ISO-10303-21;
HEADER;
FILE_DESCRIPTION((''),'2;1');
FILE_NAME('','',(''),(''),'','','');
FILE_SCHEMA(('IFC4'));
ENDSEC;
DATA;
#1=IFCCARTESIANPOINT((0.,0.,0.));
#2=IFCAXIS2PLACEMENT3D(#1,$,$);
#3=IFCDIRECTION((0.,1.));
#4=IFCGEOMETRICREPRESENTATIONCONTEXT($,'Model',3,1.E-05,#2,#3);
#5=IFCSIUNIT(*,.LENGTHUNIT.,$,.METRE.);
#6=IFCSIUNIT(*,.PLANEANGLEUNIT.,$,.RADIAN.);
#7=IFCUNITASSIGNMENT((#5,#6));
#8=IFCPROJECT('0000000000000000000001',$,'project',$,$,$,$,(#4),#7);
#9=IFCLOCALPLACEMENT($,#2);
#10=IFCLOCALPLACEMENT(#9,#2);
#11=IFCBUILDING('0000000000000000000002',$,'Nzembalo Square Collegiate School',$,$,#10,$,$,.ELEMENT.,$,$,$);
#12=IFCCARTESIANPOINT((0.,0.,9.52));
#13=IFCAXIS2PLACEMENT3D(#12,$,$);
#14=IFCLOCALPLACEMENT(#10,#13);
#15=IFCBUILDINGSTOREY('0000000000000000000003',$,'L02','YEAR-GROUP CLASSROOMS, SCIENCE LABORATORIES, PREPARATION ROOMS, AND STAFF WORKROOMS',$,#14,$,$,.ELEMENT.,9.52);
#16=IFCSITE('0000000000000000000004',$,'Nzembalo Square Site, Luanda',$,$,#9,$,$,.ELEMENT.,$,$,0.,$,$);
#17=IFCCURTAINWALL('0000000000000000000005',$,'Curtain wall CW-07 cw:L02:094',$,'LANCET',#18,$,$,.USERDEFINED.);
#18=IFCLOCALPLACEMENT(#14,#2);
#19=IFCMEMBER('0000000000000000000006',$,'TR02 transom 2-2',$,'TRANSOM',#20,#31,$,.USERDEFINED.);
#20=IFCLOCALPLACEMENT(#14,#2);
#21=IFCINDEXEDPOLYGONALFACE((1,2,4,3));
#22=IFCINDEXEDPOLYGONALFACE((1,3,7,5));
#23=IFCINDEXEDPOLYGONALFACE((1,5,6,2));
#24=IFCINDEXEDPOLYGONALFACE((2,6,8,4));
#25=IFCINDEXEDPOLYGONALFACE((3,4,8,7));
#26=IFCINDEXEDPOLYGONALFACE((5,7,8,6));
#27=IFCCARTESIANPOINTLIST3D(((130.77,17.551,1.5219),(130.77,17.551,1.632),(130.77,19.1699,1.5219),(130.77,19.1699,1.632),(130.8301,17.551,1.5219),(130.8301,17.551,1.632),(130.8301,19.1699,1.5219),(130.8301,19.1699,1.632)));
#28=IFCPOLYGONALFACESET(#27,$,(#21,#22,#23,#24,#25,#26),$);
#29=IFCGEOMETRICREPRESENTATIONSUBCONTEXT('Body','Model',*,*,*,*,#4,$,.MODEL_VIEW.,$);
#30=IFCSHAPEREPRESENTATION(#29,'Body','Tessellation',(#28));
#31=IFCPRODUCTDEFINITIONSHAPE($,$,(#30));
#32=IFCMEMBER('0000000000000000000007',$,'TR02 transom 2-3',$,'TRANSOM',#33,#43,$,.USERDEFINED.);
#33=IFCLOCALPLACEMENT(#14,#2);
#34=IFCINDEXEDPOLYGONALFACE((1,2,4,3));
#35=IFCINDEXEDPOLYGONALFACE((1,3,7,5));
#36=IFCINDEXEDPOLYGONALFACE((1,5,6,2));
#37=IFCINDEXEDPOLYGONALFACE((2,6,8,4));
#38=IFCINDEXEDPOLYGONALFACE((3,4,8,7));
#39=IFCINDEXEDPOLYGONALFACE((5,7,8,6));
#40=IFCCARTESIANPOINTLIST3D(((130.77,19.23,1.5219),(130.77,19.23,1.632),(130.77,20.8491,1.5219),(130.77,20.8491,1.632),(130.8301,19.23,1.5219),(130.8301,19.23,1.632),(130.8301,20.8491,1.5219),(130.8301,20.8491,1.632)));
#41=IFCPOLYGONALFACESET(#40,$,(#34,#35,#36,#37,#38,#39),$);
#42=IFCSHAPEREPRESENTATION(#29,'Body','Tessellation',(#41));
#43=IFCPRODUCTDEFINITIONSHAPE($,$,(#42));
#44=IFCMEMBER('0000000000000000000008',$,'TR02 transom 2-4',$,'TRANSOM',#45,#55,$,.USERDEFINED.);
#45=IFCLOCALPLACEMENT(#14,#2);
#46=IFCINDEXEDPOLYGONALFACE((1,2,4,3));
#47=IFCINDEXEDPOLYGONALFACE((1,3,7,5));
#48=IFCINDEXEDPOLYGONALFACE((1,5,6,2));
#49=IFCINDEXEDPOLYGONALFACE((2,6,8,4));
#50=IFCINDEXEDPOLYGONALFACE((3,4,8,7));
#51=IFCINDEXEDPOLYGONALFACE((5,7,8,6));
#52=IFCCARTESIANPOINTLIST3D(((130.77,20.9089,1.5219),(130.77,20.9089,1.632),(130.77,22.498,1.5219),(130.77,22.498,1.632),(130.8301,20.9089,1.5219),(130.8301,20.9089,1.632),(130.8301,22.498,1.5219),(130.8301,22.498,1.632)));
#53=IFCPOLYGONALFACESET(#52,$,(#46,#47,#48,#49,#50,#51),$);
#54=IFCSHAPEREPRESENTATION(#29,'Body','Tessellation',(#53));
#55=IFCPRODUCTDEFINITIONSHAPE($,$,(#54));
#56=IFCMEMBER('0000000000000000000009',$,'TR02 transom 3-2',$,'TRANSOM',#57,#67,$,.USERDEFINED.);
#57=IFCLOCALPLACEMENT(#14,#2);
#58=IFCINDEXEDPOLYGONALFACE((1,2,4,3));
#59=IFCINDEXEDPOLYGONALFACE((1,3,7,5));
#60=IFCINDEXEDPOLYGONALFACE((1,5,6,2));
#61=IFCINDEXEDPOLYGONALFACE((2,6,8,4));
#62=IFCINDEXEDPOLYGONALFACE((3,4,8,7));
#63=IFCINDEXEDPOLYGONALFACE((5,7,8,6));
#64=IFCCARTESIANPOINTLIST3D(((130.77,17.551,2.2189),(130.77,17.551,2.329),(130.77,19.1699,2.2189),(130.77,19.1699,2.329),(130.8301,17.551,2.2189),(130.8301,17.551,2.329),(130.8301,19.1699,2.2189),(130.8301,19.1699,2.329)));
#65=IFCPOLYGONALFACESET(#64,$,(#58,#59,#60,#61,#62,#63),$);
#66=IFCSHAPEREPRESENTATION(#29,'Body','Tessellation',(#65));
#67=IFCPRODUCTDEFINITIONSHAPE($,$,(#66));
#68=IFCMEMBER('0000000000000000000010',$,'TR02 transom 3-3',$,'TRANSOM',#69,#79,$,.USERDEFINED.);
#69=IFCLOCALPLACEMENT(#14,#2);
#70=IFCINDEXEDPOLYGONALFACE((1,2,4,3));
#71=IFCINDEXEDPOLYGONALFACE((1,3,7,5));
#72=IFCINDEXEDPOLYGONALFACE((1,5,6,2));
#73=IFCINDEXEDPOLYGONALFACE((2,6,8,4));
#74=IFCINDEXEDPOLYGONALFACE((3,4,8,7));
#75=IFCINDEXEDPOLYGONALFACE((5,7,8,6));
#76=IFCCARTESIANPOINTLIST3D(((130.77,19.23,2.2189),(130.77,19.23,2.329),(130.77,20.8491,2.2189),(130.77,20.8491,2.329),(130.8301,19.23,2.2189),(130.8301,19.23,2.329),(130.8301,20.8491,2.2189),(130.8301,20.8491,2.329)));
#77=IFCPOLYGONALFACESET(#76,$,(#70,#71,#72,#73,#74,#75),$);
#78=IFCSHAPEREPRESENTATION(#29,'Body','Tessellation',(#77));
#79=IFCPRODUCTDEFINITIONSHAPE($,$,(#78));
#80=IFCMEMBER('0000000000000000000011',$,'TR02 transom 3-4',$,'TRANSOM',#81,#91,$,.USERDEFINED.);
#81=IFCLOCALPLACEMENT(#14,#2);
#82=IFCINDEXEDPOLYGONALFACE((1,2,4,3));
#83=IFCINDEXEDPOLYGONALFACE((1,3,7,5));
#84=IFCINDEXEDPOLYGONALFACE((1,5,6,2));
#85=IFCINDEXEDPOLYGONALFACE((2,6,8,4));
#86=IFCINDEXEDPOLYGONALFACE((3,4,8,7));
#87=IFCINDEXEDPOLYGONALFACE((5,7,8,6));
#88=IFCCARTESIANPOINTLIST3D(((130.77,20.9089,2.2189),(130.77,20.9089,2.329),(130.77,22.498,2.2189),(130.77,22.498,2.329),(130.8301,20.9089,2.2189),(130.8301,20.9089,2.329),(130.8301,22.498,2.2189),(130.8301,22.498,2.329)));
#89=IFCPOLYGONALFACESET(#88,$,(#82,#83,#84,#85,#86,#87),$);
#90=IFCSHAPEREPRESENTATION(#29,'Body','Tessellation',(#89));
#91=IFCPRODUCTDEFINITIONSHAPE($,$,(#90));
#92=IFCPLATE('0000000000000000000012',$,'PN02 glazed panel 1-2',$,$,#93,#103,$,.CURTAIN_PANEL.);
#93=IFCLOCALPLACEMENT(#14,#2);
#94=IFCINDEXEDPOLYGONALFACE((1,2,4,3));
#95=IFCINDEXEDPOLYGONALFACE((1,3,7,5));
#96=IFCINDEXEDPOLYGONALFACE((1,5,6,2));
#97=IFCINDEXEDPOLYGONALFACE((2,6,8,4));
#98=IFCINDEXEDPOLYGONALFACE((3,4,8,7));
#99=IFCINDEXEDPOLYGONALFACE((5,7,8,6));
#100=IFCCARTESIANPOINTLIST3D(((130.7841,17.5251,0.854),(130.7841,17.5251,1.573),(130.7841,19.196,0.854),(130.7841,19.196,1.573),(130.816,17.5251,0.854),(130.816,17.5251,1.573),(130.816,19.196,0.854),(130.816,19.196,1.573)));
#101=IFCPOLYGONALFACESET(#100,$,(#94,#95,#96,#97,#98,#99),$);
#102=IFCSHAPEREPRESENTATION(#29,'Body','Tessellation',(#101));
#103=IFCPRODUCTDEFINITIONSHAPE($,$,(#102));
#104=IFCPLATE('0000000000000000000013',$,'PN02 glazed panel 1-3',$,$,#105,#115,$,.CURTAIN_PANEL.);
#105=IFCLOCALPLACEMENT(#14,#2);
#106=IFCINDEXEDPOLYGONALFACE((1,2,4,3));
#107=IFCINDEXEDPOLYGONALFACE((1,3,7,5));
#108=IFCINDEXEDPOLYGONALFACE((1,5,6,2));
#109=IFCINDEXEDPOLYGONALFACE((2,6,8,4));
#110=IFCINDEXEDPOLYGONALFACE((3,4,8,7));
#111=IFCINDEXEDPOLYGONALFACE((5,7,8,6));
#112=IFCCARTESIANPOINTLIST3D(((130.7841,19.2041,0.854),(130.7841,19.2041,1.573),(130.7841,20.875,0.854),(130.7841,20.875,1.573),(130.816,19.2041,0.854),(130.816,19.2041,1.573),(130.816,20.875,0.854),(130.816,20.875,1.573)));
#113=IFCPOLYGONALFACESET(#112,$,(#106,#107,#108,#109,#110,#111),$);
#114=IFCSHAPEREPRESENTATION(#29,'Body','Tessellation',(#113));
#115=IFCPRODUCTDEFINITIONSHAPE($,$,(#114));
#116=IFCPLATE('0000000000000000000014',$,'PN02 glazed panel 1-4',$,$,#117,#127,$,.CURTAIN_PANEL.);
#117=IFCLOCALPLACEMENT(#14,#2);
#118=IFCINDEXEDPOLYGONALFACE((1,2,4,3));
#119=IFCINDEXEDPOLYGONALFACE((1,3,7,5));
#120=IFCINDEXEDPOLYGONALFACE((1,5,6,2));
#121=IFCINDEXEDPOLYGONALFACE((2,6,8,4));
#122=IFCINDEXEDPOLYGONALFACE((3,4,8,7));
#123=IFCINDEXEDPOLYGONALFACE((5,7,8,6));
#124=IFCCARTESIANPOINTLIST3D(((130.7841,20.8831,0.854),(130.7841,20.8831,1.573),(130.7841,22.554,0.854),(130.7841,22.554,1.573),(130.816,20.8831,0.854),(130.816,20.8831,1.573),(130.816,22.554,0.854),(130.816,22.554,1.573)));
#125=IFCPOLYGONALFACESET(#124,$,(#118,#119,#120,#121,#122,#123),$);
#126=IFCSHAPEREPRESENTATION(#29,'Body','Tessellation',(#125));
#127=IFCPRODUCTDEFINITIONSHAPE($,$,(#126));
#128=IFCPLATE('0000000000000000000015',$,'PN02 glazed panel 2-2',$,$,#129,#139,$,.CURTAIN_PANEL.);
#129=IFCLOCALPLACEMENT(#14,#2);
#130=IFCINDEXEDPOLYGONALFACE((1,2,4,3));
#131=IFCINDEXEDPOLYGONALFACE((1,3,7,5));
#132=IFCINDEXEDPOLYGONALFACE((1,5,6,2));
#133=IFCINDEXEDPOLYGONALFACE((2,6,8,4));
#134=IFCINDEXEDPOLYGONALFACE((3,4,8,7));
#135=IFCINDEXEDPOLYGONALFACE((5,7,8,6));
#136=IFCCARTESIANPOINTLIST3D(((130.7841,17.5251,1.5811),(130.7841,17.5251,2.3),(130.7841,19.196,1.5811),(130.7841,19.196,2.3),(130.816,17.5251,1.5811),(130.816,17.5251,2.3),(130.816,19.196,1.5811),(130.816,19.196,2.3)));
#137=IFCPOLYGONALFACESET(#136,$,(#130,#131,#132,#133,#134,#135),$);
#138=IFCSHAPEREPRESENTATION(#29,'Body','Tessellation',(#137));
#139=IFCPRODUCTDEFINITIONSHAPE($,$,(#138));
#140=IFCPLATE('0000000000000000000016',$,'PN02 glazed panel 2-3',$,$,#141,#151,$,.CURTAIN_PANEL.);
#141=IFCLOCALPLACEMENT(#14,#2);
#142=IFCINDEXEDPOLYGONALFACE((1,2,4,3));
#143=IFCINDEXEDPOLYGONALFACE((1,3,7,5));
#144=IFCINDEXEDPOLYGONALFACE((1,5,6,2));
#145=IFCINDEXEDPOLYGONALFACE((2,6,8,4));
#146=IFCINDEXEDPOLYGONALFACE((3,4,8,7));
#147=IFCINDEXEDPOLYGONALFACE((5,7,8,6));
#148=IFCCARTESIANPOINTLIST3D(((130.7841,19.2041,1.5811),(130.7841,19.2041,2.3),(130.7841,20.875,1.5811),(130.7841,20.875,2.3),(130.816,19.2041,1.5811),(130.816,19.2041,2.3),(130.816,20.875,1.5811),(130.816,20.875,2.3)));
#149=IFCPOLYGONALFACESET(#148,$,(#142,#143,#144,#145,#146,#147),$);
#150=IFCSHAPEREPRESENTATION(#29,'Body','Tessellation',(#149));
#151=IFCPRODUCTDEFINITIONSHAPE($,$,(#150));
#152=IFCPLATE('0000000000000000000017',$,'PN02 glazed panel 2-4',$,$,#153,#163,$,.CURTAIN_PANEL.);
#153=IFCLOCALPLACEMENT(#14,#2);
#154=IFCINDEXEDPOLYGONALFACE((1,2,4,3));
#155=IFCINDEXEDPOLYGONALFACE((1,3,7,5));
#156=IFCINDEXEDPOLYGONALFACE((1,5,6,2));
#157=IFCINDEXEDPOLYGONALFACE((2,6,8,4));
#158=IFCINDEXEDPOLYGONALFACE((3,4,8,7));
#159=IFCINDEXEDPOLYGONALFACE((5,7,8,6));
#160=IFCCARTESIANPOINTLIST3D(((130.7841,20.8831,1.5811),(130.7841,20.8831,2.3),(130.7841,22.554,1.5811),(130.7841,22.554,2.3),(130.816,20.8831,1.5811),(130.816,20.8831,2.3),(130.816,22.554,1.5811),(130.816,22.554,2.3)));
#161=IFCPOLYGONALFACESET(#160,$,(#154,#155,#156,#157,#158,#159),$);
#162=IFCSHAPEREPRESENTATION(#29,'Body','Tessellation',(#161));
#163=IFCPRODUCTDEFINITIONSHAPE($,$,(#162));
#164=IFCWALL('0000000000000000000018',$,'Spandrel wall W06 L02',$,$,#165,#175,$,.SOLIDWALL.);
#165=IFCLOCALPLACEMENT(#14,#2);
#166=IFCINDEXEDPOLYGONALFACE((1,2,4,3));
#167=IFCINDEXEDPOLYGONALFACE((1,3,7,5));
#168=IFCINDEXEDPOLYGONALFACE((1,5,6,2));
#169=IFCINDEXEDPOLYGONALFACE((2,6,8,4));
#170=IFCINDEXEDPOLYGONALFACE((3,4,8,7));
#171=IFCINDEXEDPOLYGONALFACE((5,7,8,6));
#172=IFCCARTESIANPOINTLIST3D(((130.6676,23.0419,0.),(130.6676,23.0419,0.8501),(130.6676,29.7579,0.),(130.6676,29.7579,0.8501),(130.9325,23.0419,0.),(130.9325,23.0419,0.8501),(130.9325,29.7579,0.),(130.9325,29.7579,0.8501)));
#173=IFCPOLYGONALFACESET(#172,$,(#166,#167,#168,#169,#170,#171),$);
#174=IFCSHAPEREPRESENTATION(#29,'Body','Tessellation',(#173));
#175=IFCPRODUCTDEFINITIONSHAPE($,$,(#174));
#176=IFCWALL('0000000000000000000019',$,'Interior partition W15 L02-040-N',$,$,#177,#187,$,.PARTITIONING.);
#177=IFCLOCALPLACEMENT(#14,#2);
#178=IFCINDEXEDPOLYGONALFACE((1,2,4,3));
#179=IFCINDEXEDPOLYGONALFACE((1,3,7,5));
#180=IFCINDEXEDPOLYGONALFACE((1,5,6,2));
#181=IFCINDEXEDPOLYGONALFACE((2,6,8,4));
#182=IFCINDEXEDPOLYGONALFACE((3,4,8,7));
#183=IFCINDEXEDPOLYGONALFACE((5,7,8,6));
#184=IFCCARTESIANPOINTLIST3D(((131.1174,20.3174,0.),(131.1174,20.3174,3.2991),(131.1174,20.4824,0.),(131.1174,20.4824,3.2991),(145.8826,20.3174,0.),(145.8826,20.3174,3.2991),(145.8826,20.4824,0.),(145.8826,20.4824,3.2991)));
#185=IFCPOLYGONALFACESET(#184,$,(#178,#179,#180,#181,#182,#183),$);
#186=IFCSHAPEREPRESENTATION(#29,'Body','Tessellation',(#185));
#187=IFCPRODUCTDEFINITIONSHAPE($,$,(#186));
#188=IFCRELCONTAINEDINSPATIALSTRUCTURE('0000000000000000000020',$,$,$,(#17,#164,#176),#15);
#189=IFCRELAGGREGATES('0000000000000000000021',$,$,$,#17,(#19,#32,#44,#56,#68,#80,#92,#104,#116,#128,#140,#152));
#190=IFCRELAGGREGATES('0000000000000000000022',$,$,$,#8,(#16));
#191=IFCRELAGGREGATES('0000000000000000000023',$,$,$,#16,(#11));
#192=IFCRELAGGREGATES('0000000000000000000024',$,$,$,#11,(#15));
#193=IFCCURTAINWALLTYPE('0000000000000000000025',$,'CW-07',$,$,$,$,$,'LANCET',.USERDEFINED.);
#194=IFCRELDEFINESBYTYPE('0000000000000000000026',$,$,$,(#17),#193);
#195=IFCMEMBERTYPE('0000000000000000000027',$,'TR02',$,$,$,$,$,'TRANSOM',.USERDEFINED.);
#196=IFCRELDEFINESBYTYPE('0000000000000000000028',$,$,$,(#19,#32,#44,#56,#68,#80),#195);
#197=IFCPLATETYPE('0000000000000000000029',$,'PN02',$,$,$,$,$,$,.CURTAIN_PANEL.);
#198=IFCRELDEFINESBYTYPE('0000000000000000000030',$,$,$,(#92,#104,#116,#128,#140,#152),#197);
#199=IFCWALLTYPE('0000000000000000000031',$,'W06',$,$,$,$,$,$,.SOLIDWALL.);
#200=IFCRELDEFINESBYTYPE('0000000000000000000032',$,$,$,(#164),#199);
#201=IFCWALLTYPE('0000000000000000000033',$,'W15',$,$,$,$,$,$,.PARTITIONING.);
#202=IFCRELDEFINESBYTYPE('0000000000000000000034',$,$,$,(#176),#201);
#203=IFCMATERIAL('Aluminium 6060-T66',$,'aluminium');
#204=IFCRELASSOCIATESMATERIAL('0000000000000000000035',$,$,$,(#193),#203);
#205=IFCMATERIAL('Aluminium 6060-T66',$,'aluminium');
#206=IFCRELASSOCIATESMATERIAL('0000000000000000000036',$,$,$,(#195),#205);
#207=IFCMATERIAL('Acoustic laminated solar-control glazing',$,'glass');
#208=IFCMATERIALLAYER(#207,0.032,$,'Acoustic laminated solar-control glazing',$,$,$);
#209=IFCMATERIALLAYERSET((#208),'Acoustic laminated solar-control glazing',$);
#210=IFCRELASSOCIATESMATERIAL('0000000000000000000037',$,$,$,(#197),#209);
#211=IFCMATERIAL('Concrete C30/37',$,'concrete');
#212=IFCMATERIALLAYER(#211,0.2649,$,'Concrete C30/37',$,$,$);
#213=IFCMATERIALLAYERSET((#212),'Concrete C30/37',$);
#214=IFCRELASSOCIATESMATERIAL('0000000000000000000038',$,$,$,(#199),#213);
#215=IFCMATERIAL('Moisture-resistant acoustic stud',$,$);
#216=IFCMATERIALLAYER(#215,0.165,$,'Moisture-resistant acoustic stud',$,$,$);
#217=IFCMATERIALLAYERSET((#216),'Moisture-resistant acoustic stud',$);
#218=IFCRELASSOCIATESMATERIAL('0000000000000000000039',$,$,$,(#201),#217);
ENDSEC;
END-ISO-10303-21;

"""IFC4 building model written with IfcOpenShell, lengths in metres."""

from ifc_helpers import new_model, si_unit, direction, frame, frame_2d, origin, origin_2d, place, context, subcontext, project, spatial, rectangle, extrude, material, layer, layer_set, material_profile, profile_set, type_object, element, aggregate, save


model = new_model("IFC4")

# Units and contexts
model_context = context("Model", 3, precision=1e-05, world=origin(), true_north=direction((0.0, 1.0)))
body_context = subcontext(model_context, "Body", "Model", "MODEL_VIEW")
ifc_project = project(units=[si_unit("LENGTHUNIT", "METRE"), si_unit("PLANEANGLEUNIT", "RADIAN")], contexts=[model_context])

# Site, building, storey
site_placement = place(None, origin())
site = spatial("IfcSite", under=ifc_project, at=site_placement, Name="Nzembalo Square Site, Luanda", CompositionType="ELEMENT", RefElevation=0.0)
building_placement = place(site_placement, origin())
building = spatial("IfcBuilding", under=site, at=building_placement, Name="Nzembalo Square Collegiate School", CompositionType="ELEMENT")
storey_placement = place(building_placement, frame((0.0, 0.0, 9.52)))
storey = spatial("IfcBuildingStorey", under=building, at=storey_placement, Name="L02", Description="YEAR-GROUP CLASSROOMS, SCIENCE LABORATORIES, PREPARATION ROOMS, AND STAFF WORKROOMS", CompositionType="ELEMENT", Elevation=9.52)

# Curtain wall, members, plates
ifc_material_1 = material(Name="Aluminium 6060-T66", Category="aluminium")
curtain_wall_type = type_object("IfcCurtainWallType", Name="CW-07", ElementType="LANCET", PredefinedType="USERDEFINED", material=ifc_material_1)
curtain_wall_placement = place(storey_placement, origin())
curtain_wall = element("IfcCurtainWall", 1, at=curtain_wall_placement, inside=storey, type_object=curtain_wall_type, Name="Curtain wall CW-07 cw:L02:094", ObjectType="LANCET", PredefinedType="USERDEFINED")
ifc_material_2 = material(Name="Aluminium 6060-T66", Category="aluminium")
ifc_material_profile_1 = material_profile(ifc_material_2, rectangle(XDim=0.0601, YDim=0.1101, at=origin_2d()), Name="ALU T60x110")
ifc_profile_set_1 = profile_set([ifc_material_profile_1], Name="Aluminium 6060-T66")
member_type_1 = type_object("IfcMemberType", Name="TR02", ElementType="TRANSOM", PredefinedType="USERDEFINED", material=ifc_profile_set_1)
member_1_placement = place(storey_placement, frame((130.8, 17.551, 1.5769), z_axis=(0.0, 1.0, 0.0), x_axis=(-1.0, 0.0, 0.0)))
member_1 = element("IfcMember", 2, at=member_1_placement, type_object=member_type_1, Name="TR02 transom 2-2", ObjectType="TRANSOM", PredefinedType="USERDEFINED", context=body_context, shape_type="SweptSolid", body=[
    extrude(rectangle(XDim=0.0601, YDim=0.1101, at=origin_2d()), origin(), (0.0, 0.0, 1.0), 1.6189),
])
member_2_placement = place(storey_placement, frame((130.8, 19.23, 1.5769), z_axis=(0.0, 1.0, 0.0), x_axis=(-1.0, 0.0, 0.0)))
member_2 = element("IfcMember", 3, at=member_2_placement, type_object=member_type_1, Name="TR02 transom 2-3", ObjectType="TRANSOM", PredefinedType="USERDEFINED", context=body_context, shape_type="SweptSolid", body=[
    extrude(rectangle(XDim=0.0601, YDim=0.1101, at=origin_2d()), origin(), (0.0, 0.0, 1.0), 1.6191),
])
member_3_placement = place(storey_placement, frame((130.8, 20.9089, 1.5769), z_axis=(0.0, 1.0, 0.0), x_axis=(-1.0, 0.0, 0.0)))
member_3 = element("IfcMember", 4, at=member_3_placement, type_object=member_type_1, Name="TR02 transom 2-4", ObjectType="TRANSOM", PredefinedType="USERDEFINED", context=body_context, shape_type="SweptSolid", body=[
    extrude(rectangle(XDim=0.0601, YDim=0.1101, at=origin_2d()), origin(), (0.0, 0.0, 1.0), 1.5891),
])
member_4_placement = place(storey_placement, frame((130.8, 17.551, 2.2739), z_axis=(0.0, 1.0, 0.0), x_axis=(-1.0, 0.0, 0.0)))
member_4 = element("IfcMember", 5, at=member_4_placement, type_object=member_type_1, Name="TR02 transom 3-2", ObjectType="TRANSOM", PredefinedType="USERDEFINED", context=body_context, shape_type="SweptSolid", body=[
    extrude(rectangle(XDim=0.0601, YDim=0.1101, at=origin_2d()), origin(), (0.0, 0.0, 1.0), 1.6189),
])
member_5_placement = place(storey_placement, frame((130.8, 19.23, 2.2739), z_axis=(0.0, 1.0, 0.0), x_axis=(-1.0, 0.0, 0.0)))
member_5 = element("IfcMember", 6, at=member_5_placement, type_object=member_type_1, Name="TR02 transom 3-3", ObjectType="TRANSOM", PredefinedType="USERDEFINED", context=body_context, shape_type="SweptSolid", body=[
    extrude(rectangle(XDim=0.0601, YDim=0.1101, at=origin_2d()), origin(), (0.0, 0.0, 1.0), 1.6191),
])
member_6_placement = place(storey_placement, frame((130.8, 20.9089, 2.2739), z_axis=(0.0, 1.0, 0.0), x_axis=(-1.0, 0.0, 0.0)))
member_6 = element("IfcMember", 7, at=member_6_placement, type_object=member_type_1, Name="TR02 transom 3-4", ObjectType="TRANSOM", PredefinedType="USERDEFINED", context=body_context, shape_type="SweptSolid", body=[
    extrude(rectangle(XDim=0.0601, YDim=0.1101, at=origin_2d()), origin(), (0.0, 0.0, 1.0), 1.5891),
])
ifc_material_3 = material(Name="Acoustic laminated solar-control glazing", Category="glass")
ifc_layer_1 = layer(ifc_material_3, 0.032, Name="Acoustic laminated solar-control glazing")
ifc_layer_set_1 = layer_set([ifc_layer_1], Name="Acoustic laminated solar-control glazing")
plate_type = type_object("IfcPlateType", Name="PN02", PredefinedType="CURTAIN_PANEL", material=ifc_layer_set_1)
plate_1_placement = place(storey_placement, frame((130.8, 18.3606, 0.854), z_axis=(0.0, 0.0, 1.0), x_axis=(0.0, 1.0, 0.0)))
plate_1 = element("IfcPlate", 8, at=plate_1_placement, type_object=plate_type, Name="PN02 glazed panel 1-2", PredefinedType="CURTAIN_PANEL", context=body_context, shape_type="SweptSolid", body=[
    extrude(rectangle(XDim=1.6709, YDim=0.032, at=origin_2d()), origin(), (0.0, 0.0, 1.0), 0.719),
])
plate_2_placement = place(storey_placement, frame((130.8, 20.0396, 0.854), z_axis=(0.0, 0.0, 1.0), x_axis=(0.0, 1.0, 0.0)))
plate_2 = element("IfcPlate", 9, at=plate_2_placement, type_object=plate_type, Name="PN02 glazed panel 1-3", PredefinedType="CURTAIN_PANEL", context=body_context, shape_type="SweptSolid", body=[
    extrude(rectangle(XDim=1.6709, YDim=0.032, at=origin_2d()), origin(), (0.0, 0.0, 1.0), 0.719),
])
plate_3_placement = place(storey_placement, frame((130.8, 21.7185, 0.854), z_axis=(0.0, 0.0, 1.0), x_axis=(0.0, 1.0, 0.0)))
plate_3 = element("IfcPlate", 10, at=plate_3_placement, type_object=plate_type, Name="PN02 glazed panel 1-4", PredefinedType="CURTAIN_PANEL", context=body_context, shape_type="SweptSolid", body=[
    extrude(rectangle(XDim=1.6709, YDim=0.032, at=origin_2d()), origin(), (0.0, 0.0, 1.0), 0.719),
])
plate_4_placement = place(storey_placement, frame((130.8, 18.3606, 1.5811), z_axis=(0.0, 0.0, 1.0), x_axis=(0.0, 1.0, 0.0)))
plate_4 = element("IfcPlate", 11, at=plate_4_placement, type_object=plate_type, Name="PN02 glazed panel 2-2", PredefinedType="CURTAIN_PANEL", context=body_context, shape_type="SweptSolid", body=[
    extrude(rectangle(XDim=1.6709, YDim=0.032, at=origin_2d()), origin(), (0.0, 0.0, 1.0), 0.719),
])
plate_5_placement = place(storey_placement, frame((130.8, 20.0396, 1.5811), z_axis=(0.0, 0.0, 1.0), x_axis=(0.0, 1.0, 0.0)))
plate_5 = element("IfcPlate", 12, at=plate_5_placement, type_object=plate_type, Name="PN02 glazed panel 2-3", PredefinedType="CURTAIN_PANEL", context=body_context, shape_type="SweptSolid", body=[
    extrude(rectangle(XDim=1.6709, YDim=0.032, at=origin_2d()), origin(), (0.0, 0.0, 1.0), 0.719),
])
plate_6_placement = place(storey_placement, frame((130.8, 21.7185, 1.5811), z_axis=(0.0, 0.0, 1.0), x_axis=(0.0, 1.0, 0.0)))
plate_6 = element("IfcPlate", 13, at=plate_6_placement, type_object=plate_type, Name="PN02 glazed panel 2-4", PredefinedType="CURTAIN_PANEL", context=body_context, shape_type="SweptSolid", body=[
    extrude(rectangle(XDim=1.6709, YDim=0.032, at=origin_2d()), origin(), (0.0, 0.0, 1.0), 0.719),
])
aggregate(curtain_wall, [member_1, member_2, member_3, member_4, member_5, member_6, plate_1, plate_2, plate_3, plate_4, plate_5, plate_6])

# Walls
ifc_material_4 = material(Name="Concrete C30/37", Category="concrete")
ifc_layer_2 = layer(ifc_material_4, 0.2649, Name="Concrete C30/37")
ifc_layer_set_2 = layer_set([ifc_layer_2], Name="Concrete C30/37")
wall_type_1 = type_object("IfcWallType", Name="W06", PredefinedType="SOLIDWALL", material=ifc_layer_set_2)
wall_1_placement = place(storey_placement, frame((130.8, 23.042, 0.0), z_axis=(0.0, 0.0, 1.0), x_axis=(0.0, 1.0, 0.0)))
element("IfcWall", 14, at=wall_1_placement, inside=storey, type_object=wall_type_1, Name="Spandrel wall W06 L02", PredefinedType="SOLIDWALL", context=body_context, shape_type="SweptSolid", body=[
    extrude(rectangle(XDim=6.7161, YDim=0.2649, at=frame_2d((3.3579, 0.0))), origin(), (0.0, 0.0, 1.0), 0.8501),
])
ifc_material_5 = material(Name="Moisture-resistant acoustic stud")
ifc_layer_3 = layer(ifc_material_5, 0.165, Name="Moisture-resistant acoustic stud")
ifc_layer_set_3 = layer_set([ifc_layer_3], Name="Moisture-resistant acoustic stud")
wall_type_2 = type_object("IfcWallType", Name="W15", PredefinedType="PARTITIONING", material=ifc_layer_set_3)
wall_2_placement = place(storey_placement, frame((131.1174, 20.3999, 0.0), z_axis=(0.0, 0.0, 1.0), x_axis=(1.0, 0.0, 0.0)))
element("IfcWall", 15, at=wall_2_placement, inside=storey, type_object=wall_type_2, Name="Interior partition W15 L02-040-N", PredefinedType="PARTITIONING", context=body_context, shape_type="SweptSolid", body=[
    extrude(rectangle(XDim=14.7651, YDim=0.165, at=frame_2d((7.3826, 0.0))), origin(), (0.0, 0.0, 1.0), 3.2991),
])

save(model, "model.ifc")
